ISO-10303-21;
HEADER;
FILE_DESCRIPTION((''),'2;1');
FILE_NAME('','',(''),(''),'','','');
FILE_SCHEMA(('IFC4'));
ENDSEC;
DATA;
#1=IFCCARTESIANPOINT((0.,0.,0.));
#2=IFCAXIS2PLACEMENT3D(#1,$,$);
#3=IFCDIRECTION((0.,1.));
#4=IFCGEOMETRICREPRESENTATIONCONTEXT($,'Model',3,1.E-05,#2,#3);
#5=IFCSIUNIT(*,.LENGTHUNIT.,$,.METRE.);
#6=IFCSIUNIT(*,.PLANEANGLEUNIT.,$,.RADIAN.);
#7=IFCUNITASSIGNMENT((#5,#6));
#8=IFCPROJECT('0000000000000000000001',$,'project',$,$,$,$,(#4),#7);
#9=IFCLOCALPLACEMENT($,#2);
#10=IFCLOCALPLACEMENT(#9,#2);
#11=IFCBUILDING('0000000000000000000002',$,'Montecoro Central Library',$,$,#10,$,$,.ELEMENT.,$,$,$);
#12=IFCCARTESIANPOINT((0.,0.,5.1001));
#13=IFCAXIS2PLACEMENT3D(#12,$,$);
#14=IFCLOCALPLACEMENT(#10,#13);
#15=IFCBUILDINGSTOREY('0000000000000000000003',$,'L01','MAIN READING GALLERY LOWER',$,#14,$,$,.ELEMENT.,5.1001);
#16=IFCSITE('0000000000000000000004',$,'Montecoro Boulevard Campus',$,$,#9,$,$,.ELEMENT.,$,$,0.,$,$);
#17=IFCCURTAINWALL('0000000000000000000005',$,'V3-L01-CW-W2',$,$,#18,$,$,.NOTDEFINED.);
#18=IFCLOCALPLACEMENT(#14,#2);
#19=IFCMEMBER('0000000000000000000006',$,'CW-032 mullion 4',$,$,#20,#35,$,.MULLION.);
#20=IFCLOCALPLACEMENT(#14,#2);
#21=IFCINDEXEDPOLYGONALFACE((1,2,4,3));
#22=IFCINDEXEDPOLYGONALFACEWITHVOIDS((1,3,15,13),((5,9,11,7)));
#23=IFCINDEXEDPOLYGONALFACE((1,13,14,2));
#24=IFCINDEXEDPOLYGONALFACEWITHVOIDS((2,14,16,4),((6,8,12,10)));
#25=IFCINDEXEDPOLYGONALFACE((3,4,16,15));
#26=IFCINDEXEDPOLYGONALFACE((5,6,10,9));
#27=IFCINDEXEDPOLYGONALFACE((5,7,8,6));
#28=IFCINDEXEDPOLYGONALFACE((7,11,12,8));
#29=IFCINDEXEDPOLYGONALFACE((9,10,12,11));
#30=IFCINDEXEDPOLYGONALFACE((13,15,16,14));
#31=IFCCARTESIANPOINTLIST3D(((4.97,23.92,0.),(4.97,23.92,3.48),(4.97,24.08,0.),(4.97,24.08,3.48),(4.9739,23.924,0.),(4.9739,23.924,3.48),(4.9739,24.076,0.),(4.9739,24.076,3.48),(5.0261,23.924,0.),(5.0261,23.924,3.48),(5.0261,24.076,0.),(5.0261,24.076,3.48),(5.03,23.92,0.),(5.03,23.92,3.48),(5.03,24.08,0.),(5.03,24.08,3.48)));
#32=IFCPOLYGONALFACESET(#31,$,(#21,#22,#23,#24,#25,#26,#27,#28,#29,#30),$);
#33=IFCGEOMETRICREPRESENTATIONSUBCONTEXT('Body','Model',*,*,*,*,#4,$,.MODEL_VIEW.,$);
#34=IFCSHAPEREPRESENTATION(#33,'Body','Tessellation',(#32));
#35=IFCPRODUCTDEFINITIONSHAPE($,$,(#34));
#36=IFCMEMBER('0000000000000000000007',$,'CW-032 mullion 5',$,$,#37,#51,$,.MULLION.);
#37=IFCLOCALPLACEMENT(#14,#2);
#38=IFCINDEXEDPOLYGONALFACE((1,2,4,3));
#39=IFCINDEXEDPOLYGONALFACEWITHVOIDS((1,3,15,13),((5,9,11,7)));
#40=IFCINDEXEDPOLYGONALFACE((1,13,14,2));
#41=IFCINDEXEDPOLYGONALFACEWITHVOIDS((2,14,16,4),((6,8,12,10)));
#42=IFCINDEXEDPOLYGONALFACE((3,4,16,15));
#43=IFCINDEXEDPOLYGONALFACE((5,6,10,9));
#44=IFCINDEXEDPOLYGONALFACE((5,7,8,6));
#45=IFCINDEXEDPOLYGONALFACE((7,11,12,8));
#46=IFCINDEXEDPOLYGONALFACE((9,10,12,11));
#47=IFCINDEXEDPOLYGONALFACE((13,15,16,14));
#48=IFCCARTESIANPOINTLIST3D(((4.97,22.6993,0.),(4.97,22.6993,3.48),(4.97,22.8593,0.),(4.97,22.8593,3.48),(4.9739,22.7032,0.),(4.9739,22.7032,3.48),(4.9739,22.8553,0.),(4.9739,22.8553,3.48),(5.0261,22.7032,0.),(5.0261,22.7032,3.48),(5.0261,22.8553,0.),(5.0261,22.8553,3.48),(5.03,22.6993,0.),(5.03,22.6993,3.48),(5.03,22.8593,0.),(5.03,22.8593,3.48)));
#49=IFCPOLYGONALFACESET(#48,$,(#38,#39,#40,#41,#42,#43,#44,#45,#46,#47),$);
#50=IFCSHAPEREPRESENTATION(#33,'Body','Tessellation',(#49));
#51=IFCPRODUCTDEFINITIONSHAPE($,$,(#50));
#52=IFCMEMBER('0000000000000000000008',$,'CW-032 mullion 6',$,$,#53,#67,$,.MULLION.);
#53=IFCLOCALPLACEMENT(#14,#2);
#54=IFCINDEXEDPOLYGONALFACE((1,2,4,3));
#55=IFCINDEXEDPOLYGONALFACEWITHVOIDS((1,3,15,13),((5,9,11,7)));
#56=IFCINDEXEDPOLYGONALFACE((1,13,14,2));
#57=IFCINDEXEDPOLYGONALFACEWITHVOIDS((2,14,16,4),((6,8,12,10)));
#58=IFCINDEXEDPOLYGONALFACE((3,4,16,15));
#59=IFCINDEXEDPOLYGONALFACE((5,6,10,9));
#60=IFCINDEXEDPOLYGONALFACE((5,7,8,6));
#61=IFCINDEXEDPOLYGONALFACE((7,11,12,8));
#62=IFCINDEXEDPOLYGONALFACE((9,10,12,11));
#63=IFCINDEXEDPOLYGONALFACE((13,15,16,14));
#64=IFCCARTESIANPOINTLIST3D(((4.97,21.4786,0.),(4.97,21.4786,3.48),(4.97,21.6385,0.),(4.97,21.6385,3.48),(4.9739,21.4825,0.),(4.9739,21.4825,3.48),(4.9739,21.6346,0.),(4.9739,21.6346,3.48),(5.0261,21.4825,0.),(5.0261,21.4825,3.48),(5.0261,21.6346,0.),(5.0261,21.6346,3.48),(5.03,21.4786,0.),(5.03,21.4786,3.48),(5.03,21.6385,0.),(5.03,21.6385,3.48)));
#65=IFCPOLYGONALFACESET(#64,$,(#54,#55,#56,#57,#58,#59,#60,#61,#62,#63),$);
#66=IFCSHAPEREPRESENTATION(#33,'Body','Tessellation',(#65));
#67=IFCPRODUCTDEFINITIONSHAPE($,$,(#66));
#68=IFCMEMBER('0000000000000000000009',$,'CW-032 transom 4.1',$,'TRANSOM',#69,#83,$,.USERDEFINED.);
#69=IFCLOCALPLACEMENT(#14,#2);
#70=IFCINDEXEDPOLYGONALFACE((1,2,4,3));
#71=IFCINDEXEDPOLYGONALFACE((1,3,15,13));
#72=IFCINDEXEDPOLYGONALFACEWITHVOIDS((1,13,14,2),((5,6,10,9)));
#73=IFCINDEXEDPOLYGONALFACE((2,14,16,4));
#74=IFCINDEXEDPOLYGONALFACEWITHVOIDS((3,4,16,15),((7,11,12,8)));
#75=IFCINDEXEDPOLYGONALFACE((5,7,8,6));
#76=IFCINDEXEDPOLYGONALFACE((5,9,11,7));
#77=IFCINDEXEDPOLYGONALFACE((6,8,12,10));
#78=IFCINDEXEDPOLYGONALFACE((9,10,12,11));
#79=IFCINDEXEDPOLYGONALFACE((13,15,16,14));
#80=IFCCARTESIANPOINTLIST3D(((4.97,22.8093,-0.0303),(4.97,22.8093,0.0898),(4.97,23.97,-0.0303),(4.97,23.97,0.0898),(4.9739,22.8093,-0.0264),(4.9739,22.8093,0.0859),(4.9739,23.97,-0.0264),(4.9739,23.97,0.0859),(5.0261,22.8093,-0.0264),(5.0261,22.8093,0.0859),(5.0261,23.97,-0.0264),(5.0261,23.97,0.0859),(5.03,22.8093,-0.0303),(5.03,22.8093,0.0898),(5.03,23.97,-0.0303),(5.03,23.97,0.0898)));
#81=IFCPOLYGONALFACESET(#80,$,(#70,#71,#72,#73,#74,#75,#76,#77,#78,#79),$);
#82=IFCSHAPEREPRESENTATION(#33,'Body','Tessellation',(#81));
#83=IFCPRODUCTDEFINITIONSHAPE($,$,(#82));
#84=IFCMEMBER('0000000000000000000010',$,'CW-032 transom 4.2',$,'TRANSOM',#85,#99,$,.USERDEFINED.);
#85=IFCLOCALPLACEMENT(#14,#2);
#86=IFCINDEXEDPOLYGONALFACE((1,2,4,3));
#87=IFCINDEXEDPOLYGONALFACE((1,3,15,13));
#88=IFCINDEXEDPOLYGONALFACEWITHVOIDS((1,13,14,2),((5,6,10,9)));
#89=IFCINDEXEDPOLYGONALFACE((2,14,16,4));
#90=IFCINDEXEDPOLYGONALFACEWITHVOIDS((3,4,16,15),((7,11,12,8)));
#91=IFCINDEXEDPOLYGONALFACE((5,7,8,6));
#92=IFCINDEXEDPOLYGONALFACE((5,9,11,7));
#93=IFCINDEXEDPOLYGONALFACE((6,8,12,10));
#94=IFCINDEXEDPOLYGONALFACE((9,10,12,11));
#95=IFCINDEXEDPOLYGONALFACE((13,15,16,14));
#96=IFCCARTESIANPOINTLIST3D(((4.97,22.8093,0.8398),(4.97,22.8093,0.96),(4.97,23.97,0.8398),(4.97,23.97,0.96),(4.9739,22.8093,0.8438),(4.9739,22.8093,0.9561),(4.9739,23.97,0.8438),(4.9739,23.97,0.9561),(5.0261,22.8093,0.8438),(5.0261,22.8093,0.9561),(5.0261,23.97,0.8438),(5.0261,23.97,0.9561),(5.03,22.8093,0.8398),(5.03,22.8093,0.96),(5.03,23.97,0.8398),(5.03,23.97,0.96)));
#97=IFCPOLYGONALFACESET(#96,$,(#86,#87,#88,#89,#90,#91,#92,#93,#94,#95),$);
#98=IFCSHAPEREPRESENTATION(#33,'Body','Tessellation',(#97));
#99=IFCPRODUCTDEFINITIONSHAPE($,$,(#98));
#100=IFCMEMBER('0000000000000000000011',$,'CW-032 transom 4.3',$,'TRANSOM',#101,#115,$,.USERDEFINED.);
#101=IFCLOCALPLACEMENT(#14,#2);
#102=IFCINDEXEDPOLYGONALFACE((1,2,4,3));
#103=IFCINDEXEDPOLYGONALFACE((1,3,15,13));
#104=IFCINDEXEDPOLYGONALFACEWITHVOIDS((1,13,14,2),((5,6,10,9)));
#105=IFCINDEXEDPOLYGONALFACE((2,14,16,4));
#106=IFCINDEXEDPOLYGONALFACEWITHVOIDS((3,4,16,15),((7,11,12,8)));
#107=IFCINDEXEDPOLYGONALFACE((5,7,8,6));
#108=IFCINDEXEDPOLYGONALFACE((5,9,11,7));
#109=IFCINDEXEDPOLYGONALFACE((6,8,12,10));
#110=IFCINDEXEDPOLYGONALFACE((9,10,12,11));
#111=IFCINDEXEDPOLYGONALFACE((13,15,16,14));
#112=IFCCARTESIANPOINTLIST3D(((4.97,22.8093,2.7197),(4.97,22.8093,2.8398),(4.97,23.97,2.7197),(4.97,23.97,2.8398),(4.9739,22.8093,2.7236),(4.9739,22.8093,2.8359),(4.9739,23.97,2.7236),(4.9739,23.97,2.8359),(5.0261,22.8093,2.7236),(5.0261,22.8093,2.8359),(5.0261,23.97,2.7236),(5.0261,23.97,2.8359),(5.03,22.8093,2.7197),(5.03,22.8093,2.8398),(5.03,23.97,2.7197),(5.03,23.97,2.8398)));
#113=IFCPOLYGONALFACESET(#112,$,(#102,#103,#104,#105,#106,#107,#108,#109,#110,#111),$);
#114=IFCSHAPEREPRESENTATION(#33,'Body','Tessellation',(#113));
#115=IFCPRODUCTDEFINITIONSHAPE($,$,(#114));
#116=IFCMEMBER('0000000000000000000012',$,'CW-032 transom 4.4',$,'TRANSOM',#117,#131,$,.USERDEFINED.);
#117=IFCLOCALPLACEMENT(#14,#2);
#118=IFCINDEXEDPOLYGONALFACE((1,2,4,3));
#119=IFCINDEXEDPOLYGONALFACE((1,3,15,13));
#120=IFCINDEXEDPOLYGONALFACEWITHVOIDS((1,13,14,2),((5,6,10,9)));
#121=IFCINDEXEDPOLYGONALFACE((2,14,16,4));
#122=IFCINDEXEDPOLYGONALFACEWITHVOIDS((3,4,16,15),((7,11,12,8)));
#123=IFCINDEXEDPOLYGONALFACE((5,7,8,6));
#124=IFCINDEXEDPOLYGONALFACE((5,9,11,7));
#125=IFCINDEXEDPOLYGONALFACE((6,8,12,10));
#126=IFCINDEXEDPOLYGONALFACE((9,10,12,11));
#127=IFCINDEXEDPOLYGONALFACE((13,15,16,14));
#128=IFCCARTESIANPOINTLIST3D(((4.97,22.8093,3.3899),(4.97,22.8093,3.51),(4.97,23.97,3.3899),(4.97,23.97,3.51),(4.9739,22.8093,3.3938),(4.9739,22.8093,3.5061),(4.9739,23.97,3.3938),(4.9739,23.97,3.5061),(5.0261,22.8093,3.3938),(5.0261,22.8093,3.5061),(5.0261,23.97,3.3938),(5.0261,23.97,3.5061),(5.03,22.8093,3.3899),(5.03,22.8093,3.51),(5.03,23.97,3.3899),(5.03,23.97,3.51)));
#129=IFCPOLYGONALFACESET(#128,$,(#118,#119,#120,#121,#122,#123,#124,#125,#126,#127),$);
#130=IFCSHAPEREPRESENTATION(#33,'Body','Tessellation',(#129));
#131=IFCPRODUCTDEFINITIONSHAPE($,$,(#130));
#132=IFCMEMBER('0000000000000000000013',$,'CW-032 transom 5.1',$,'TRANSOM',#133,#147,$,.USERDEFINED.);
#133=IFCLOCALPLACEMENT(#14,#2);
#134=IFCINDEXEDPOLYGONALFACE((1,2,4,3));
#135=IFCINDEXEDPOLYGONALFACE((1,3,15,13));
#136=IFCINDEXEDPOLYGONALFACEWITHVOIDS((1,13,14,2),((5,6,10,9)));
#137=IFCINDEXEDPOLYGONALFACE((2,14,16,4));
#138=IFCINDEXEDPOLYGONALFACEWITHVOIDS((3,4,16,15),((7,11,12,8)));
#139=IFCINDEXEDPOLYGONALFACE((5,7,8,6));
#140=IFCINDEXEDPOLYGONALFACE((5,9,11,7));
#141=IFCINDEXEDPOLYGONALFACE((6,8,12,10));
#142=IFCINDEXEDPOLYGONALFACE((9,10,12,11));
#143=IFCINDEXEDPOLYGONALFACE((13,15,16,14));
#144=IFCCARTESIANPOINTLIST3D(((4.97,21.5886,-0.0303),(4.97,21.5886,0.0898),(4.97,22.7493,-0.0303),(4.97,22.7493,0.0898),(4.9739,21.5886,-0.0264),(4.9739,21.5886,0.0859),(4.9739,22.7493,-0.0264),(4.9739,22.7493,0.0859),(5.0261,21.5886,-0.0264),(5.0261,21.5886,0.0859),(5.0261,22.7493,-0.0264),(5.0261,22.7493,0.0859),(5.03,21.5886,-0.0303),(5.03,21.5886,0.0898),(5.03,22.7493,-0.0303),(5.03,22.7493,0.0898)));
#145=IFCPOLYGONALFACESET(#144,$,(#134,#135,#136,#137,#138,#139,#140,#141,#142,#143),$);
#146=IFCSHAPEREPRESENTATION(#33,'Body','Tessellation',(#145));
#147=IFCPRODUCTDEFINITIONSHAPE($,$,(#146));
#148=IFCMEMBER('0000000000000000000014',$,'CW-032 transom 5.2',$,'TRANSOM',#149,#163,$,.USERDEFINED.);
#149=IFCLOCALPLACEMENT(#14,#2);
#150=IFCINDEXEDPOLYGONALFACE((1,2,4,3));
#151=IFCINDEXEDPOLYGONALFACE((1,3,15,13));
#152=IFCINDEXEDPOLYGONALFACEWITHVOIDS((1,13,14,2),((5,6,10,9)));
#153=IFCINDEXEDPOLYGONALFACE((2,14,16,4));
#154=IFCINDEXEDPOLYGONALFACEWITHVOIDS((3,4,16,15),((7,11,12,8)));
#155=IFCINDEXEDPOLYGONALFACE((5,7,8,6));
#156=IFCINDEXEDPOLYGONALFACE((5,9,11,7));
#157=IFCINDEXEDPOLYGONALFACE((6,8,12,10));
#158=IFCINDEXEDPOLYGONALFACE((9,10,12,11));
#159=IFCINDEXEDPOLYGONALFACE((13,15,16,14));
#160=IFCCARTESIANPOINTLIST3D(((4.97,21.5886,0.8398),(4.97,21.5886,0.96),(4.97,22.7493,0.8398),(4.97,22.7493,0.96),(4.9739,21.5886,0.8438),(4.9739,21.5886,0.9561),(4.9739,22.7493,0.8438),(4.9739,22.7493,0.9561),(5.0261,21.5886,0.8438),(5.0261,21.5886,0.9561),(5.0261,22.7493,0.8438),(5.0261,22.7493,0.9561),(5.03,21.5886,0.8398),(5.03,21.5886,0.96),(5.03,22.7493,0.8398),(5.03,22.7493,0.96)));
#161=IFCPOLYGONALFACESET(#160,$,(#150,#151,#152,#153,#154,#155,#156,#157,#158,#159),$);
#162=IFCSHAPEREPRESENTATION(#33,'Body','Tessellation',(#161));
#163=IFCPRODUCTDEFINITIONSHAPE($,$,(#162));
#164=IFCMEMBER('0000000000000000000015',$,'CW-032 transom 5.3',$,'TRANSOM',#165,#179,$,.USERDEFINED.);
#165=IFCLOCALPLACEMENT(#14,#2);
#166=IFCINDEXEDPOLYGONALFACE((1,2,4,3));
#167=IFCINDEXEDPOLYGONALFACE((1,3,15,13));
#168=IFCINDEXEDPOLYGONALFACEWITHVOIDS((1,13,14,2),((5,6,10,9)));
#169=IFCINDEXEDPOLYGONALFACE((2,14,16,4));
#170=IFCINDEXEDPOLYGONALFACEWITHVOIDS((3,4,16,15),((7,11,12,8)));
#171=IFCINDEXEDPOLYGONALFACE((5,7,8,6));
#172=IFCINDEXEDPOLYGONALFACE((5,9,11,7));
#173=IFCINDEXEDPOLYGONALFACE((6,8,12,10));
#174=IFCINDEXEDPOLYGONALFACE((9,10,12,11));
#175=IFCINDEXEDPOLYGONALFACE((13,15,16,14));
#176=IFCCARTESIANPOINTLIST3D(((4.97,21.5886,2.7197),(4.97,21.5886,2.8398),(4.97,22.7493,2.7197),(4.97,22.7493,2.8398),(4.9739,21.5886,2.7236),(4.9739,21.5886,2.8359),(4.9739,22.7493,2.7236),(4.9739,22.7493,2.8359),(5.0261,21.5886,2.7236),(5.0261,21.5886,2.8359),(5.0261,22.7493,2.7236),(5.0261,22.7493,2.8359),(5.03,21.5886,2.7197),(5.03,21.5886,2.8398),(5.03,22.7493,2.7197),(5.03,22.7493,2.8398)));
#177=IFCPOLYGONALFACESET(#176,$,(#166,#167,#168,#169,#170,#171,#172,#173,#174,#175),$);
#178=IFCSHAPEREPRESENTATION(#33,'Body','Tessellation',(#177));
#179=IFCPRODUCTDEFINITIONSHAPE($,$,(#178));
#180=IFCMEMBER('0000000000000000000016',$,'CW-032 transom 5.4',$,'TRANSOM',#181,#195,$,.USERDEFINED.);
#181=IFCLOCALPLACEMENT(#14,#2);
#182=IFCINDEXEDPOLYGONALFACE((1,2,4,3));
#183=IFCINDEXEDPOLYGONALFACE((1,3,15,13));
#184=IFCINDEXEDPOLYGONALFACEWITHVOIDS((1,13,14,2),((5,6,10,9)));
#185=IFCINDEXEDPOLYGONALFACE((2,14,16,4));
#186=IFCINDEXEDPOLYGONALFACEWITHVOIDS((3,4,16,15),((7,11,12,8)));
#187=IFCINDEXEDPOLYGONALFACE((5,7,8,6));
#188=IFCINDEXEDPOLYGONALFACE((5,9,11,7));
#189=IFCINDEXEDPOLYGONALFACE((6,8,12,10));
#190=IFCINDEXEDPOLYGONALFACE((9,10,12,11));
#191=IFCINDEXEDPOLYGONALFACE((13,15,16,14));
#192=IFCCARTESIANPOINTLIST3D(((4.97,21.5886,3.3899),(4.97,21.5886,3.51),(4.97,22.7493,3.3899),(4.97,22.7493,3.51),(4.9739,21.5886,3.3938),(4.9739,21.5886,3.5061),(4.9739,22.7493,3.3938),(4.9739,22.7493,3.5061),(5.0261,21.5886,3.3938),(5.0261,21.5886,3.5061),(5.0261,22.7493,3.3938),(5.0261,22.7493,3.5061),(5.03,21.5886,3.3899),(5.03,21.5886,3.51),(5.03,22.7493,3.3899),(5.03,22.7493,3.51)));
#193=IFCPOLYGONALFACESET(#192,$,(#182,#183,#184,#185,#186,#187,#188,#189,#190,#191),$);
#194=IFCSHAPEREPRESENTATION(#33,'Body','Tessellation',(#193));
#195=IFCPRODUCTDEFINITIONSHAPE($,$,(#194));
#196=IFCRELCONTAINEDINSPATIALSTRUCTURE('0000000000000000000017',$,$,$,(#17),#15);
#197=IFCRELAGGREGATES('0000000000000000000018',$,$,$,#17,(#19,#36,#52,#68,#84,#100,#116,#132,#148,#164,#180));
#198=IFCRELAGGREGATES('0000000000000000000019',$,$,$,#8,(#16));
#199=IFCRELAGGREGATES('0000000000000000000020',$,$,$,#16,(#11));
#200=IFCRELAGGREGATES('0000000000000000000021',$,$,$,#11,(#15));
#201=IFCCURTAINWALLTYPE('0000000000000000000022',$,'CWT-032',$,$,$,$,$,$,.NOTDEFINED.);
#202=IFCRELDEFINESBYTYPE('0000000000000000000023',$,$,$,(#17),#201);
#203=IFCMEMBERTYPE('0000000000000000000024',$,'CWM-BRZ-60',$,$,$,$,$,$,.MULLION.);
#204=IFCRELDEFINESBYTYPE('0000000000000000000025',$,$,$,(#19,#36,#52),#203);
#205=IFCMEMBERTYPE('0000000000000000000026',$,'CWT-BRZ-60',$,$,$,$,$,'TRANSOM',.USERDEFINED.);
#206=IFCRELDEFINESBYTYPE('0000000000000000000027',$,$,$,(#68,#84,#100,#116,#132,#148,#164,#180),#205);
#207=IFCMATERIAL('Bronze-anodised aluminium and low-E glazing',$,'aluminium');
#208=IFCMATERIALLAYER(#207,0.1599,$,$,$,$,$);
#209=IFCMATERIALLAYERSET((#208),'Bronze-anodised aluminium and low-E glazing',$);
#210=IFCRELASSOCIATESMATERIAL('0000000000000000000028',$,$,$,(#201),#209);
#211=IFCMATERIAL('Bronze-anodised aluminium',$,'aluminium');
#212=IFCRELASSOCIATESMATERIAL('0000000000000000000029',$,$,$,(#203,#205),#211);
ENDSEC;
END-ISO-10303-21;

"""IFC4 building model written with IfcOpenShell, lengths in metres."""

from ifc_helpers import new_model, si_unit, direction, frame, origin, origin_2d, place, context, subcontext, project, spatial, hollow_rectangle, extrude, material, layer, layer_set, material_profile, profile_set, type_object, element, aggregate, save


model = new_model("IFC4")

# Units and contexts
model_context = context("Model", 3, precision=1e-05, world=origin(), true_north=direction((0.0, 1.0)))
body_context = subcontext(model_context, "Body", "Model", "MODEL_VIEW")
ifc_project = project(units=[si_unit("LENGTHUNIT", "METRE"), si_unit("PLANEANGLEUNIT", "RADIAN")], contexts=[model_context])

# Site, building, storey
site_placement = place(None, origin())
site = spatial("IfcSite", under=ifc_project, at=site_placement, Name="Montecoro Boulevard Campus", CompositionType="ELEMENT", RefElevation=0.0)
building_placement = place(site_placement, origin())
building = spatial("IfcBuilding", under=site, at=building_placement, Name="Montecoro Central Library", CompositionType="ELEMENT")
storey_placement = place(building_placement, frame((0.0, 0.0, 5.1001)))
storey = spatial("IfcBuildingStorey", under=building, at=storey_placement, Name="L01", Description="MAIN READING GALLERY LOWER", CompositionType="ELEMENT", Elevation=5.1001)

# Curtain wall, members
ifc_material_1 = material(Name="Bronze-anodised aluminium and low-E glazing", Category="aluminium")
ifc_layer_1 = layer(ifc_material_1, 0.1599)
ifc_layer_set_1 = layer_set([ifc_layer_1], Name="Bronze-anodised aluminium and low-E glazing")
curtain_wall_type = type_object("IfcCurtainWallType", Name="CWT-032", PredefinedType="NOTDEFINED", material=ifc_layer_set_1)
curtain_wall_placement = place(storey_placement, origin())
curtain_wall = element("IfcCurtainWall", 1, at=curtain_wall_placement, inside=storey, type_object=curtain_wall_type, Name="V3-L01-CW-W2", PredefinedType="NOTDEFINED")
ifc_material_2 = material(Name="Bronze-anodised aluminium", Category="aluminium")
ifc_material_profile_1 = material_profile(ifc_material_2, hollow_rectangle(XDim=0.0601, YDim=0.1599, WallThickness=0.0039, at=origin_2d()), Name="CWM 160x60x4.0")
ifc_profile_set_1 = profile_set([ifc_material_profile_1], Name="Bronze-anodised aluminium")
member_type_1 = type_object("IfcMemberType", Name="CWM-BRZ-60", PredefinedType="MULLION", material=ifc_profile_set_1)
member_1_placement = place(storey_placement, frame((5.0, 24.0, 0.0), z_axis=(0.0, 0.0, 1.0), x_axis=(1.0, 0.0, 0.0)))
member_1 = element("IfcMember", 2, at=member_1_placement, type_object=member_type_1, Name="CW-032 mullion 4", PredefinedType="MULLION", context=body_context, shape_type="SweptSolid", body=[
    extrude(hollow_rectangle(XDim=0.0601, YDim=0.1599, WallThickness=0.0039, at=origin_2d()), origin(), (0.0, 0.0, 1.0), 3.48),
])
member_2_placement = place(storey_placement, frame((5.0, 22.7793, 0.0), z_axis=(0.0, 0.0, 1.0), x_axis=(1.0, 0.0, 0.0)))
member_2 = element("IfcMember", 3, at=member_2_placement, type_object=member_type_1, Name="CW-032 mullion 5", PredefinedType="MULLION", context=body_context, shape_type="SweptSolid", body=[
    extrude(hollow_rectangle(XDim=0.0601, YDim=0.1599, WallThickness=0.0039, at=origin_2d()), origin(), (0.0, 0.0, 1.0), 3.48),
])
member_3_placement = place(storey_placement, frame((5.0, 21.5586, 0.0), z_axis=(0.0, 0.0, 1.0), x_axis=(1.0, 0.0, 0.0)))
member_3 = element("IfcMember", 4, at=member_3_placement, type_object=member_type_1, Name="CW-032 mullion 6", PredefinedType="MULLION", context=body_context, shape_type="SweptSolid", body=[
    extrude(hollow_rectangle(XDim=0.0601, YDim=0.1599, WallThickness=0.0039, at=origin_2d()), origin(), (0.0, 0.0, 1.0), 3.48),
])
ifc_material_profile_2 = material_profile(ifc_material_2, hollow_rectangle(XDim=0.0601, YDim=0.1201, WallThickness=0.0039, at=origin_2d()), Name="CWT 120x60x4.0")
ifc_profile_set_2 = profile_set([ifc_material_profile_2], Name="Bronze-anodised aluminium")
member_type_2 = type_object("IfcMemberType", Name="CWT-BRZ-60", ElementType="TRANSOM", PredefinedType="USERDEFINED", material=ifc_profile_set_2)
member_4_placement = place(storey_placement, frame((5.0, 23.97, 0.0298), z_axis=(0.0, -1.0, 0.0), x_axis=(1.0, 0.0, 0.0)))
member_4 = element("IfcMember", 5, at=member_4_placement, type_object=member_type_2, Name="CW-032 transom 4.1", ObjectType="TRANSOM", PredefinedType="USERDEFINED", context=body_context, shape_type="SweptSolid", body=[
    extrude(hollow_rectangle(XDim=0.0601, YDim=0.1201, WallThickness=0.0039, at=origin_2d()), origin(), (0.0, 0.0, 1.0), 1.1606),
])
member_5_placement = place(storey_placement, frame((5.0, 23.97, 0.8999), z_axis=(0.0, -1.0, 0.0), x_axis=(1.0, 0.0, 0.0)))
member_5 = element("IfcMember", 6, at=member_5_placement, type_object=member_type_2, Name="CW-032 transom 4.2", ObjectType="TRANSOM", PredefinedType="USERDEFINED", context=body_context, shape_type="SweptSolid", body=[
    extrude(hollow_rectangle(XDim=0.0601, YDim=0.1201, WallThickness=0.0039, at=origin_2d()), origin(), (0.0, 0.0, 1.0), 1.1606),
])
member_6_placement = place(storey_placement, frame((5.0, 23.97, 2.7798), z_axis=(0.0, -1.0, 0.0), x_axis=(1.0, 0.0, 0.0)))
member_6 = element("IfcMember", 7, at=member_6_placement, type_object=member_type_2, Name="CW-032 transom 4.3", ObjectType="TRANSOM", PredefinedType="USERDEFINED", context=body_context, shape_type="SweptSolid", body=[
    extrude(hollow_rectangle(XDim=0.0601, YDim=0.1201, WallThickness=0.0039, at=origin_2d()), origin(), (0.0, 0.0, 1.0), 1.1606),
])
member_7_placement = place(storey_placement, frame((5.0, 23.97, 3.45), z_axis=(0.0, -1.0, 0.0), x_axis=(1.0, 0.0, 0.0)))
member_7 = element("IfcMember", 8, at=member_7_placement, type_object=member_type_2, Name="CW-032 transom 4.4", ObjectType="TRANSOM", PredefinedType="USERDEFINED", context=body_context, shape_type="SweptSolid", body=[
    extrude(hollow_rectangle(XDim=0.0601, YDim=0.1201, WallThickness=0.0039, at=origin_2d()), origin(), (0.0, 0.0, 1.0), 1.1606),
])
member_8_placement = place(storey_placement, frame((5.0, 22.7493, 0.0298), z_axis=(0.0, -1.0, 0.0), x_axis=(1.0, 0.0, 0.0)))
member_8 = element("IfcMember", 9, at=member_8_placement, type_object=member_type_2, Name="CW-032 transom 5.1", ObjectType="TRANSOM", PredefinedType="USERDEFINED", context=body_context, shape_type="SweptSolid", body=[
    extrude(hollow_rectangle(XDim=0.0601, YDim=0.1201, WallThickness=0.0039, at=origin_2d()), origin(), (0.0, 0.0, 1.0), 1.1606),
])
member_9_placement = place(storey_placement, frame((5.0, 22.7493, 0.8999), z_axis=(0.0, -1.0, 0.0), x_axis=(1.0, 0.0, 0.0)))
member_9 = element("IfcMember", 10, at=member_9_placement, type_object=member_type_2, Name="CW-032 transom 5.2", ObjectType="TRANSOM", PredefinedType="USERDEFINED", context=body_context, shape_type="SweptSolid", body=[
    extrude(hollow_rectangle(XDim=0.0601, YDim=0.1201, WallThickness=0.0039, at=origin_2d()), origin(), (0.0, 0.0, 1.0), 1.1606),
])
member_10_placement = place(storey_placement, frame((5.0, 22.7493, 2.7798), z_axis=(0.0, -1.0, 0.0), x_axis=(1.0, 0.0, 0.0)))
member_10 = element("IfcMember", 11, at=member_10_placement, type_object=member_type_2, Name="CW-032 transom 5.3", ObjectType="TRANSOM", PredefinedType="USERDEFINED", context=body_context, shape_type="SweptSolid", body=[
    extrude(hollow_rectangle(XDim=0.0601, YDim=0.1201, WallThickness=0.0039, at=origin_2d()), origin(), (0.0, 0.0, 1.0), 1.1606),
])
member_11_placement = place(storey_placement, frame((5.0, 22.7493, 3.45), z_axis=(0.0, -1.0, 0.0), x_axis=(1.0, 0.0, 0.0)))
member_11 = element("IfcMember", 12, at=member_11_placement, type_object=member_type_2, Name="CW-032 transom 5.4", ObjectType="TRANSOM", PredefinedType="USERDEFINED", context=body_context, shape_type="SweptSolid", body=[
    extrude(hollow_rectangle(XDim=0.0601, YDim=0.1201, WallThickness=0.0039, at=origin_2d()), origin(), (0.0, 0.0, 1.0), 1.1606),
])
aggregate(curtain_wall, [member_1, member_2, member_3, member_4, member_5, member_6, member_7, member_8, member_9, member_10, member_11])

save(model, "model.ifc")
